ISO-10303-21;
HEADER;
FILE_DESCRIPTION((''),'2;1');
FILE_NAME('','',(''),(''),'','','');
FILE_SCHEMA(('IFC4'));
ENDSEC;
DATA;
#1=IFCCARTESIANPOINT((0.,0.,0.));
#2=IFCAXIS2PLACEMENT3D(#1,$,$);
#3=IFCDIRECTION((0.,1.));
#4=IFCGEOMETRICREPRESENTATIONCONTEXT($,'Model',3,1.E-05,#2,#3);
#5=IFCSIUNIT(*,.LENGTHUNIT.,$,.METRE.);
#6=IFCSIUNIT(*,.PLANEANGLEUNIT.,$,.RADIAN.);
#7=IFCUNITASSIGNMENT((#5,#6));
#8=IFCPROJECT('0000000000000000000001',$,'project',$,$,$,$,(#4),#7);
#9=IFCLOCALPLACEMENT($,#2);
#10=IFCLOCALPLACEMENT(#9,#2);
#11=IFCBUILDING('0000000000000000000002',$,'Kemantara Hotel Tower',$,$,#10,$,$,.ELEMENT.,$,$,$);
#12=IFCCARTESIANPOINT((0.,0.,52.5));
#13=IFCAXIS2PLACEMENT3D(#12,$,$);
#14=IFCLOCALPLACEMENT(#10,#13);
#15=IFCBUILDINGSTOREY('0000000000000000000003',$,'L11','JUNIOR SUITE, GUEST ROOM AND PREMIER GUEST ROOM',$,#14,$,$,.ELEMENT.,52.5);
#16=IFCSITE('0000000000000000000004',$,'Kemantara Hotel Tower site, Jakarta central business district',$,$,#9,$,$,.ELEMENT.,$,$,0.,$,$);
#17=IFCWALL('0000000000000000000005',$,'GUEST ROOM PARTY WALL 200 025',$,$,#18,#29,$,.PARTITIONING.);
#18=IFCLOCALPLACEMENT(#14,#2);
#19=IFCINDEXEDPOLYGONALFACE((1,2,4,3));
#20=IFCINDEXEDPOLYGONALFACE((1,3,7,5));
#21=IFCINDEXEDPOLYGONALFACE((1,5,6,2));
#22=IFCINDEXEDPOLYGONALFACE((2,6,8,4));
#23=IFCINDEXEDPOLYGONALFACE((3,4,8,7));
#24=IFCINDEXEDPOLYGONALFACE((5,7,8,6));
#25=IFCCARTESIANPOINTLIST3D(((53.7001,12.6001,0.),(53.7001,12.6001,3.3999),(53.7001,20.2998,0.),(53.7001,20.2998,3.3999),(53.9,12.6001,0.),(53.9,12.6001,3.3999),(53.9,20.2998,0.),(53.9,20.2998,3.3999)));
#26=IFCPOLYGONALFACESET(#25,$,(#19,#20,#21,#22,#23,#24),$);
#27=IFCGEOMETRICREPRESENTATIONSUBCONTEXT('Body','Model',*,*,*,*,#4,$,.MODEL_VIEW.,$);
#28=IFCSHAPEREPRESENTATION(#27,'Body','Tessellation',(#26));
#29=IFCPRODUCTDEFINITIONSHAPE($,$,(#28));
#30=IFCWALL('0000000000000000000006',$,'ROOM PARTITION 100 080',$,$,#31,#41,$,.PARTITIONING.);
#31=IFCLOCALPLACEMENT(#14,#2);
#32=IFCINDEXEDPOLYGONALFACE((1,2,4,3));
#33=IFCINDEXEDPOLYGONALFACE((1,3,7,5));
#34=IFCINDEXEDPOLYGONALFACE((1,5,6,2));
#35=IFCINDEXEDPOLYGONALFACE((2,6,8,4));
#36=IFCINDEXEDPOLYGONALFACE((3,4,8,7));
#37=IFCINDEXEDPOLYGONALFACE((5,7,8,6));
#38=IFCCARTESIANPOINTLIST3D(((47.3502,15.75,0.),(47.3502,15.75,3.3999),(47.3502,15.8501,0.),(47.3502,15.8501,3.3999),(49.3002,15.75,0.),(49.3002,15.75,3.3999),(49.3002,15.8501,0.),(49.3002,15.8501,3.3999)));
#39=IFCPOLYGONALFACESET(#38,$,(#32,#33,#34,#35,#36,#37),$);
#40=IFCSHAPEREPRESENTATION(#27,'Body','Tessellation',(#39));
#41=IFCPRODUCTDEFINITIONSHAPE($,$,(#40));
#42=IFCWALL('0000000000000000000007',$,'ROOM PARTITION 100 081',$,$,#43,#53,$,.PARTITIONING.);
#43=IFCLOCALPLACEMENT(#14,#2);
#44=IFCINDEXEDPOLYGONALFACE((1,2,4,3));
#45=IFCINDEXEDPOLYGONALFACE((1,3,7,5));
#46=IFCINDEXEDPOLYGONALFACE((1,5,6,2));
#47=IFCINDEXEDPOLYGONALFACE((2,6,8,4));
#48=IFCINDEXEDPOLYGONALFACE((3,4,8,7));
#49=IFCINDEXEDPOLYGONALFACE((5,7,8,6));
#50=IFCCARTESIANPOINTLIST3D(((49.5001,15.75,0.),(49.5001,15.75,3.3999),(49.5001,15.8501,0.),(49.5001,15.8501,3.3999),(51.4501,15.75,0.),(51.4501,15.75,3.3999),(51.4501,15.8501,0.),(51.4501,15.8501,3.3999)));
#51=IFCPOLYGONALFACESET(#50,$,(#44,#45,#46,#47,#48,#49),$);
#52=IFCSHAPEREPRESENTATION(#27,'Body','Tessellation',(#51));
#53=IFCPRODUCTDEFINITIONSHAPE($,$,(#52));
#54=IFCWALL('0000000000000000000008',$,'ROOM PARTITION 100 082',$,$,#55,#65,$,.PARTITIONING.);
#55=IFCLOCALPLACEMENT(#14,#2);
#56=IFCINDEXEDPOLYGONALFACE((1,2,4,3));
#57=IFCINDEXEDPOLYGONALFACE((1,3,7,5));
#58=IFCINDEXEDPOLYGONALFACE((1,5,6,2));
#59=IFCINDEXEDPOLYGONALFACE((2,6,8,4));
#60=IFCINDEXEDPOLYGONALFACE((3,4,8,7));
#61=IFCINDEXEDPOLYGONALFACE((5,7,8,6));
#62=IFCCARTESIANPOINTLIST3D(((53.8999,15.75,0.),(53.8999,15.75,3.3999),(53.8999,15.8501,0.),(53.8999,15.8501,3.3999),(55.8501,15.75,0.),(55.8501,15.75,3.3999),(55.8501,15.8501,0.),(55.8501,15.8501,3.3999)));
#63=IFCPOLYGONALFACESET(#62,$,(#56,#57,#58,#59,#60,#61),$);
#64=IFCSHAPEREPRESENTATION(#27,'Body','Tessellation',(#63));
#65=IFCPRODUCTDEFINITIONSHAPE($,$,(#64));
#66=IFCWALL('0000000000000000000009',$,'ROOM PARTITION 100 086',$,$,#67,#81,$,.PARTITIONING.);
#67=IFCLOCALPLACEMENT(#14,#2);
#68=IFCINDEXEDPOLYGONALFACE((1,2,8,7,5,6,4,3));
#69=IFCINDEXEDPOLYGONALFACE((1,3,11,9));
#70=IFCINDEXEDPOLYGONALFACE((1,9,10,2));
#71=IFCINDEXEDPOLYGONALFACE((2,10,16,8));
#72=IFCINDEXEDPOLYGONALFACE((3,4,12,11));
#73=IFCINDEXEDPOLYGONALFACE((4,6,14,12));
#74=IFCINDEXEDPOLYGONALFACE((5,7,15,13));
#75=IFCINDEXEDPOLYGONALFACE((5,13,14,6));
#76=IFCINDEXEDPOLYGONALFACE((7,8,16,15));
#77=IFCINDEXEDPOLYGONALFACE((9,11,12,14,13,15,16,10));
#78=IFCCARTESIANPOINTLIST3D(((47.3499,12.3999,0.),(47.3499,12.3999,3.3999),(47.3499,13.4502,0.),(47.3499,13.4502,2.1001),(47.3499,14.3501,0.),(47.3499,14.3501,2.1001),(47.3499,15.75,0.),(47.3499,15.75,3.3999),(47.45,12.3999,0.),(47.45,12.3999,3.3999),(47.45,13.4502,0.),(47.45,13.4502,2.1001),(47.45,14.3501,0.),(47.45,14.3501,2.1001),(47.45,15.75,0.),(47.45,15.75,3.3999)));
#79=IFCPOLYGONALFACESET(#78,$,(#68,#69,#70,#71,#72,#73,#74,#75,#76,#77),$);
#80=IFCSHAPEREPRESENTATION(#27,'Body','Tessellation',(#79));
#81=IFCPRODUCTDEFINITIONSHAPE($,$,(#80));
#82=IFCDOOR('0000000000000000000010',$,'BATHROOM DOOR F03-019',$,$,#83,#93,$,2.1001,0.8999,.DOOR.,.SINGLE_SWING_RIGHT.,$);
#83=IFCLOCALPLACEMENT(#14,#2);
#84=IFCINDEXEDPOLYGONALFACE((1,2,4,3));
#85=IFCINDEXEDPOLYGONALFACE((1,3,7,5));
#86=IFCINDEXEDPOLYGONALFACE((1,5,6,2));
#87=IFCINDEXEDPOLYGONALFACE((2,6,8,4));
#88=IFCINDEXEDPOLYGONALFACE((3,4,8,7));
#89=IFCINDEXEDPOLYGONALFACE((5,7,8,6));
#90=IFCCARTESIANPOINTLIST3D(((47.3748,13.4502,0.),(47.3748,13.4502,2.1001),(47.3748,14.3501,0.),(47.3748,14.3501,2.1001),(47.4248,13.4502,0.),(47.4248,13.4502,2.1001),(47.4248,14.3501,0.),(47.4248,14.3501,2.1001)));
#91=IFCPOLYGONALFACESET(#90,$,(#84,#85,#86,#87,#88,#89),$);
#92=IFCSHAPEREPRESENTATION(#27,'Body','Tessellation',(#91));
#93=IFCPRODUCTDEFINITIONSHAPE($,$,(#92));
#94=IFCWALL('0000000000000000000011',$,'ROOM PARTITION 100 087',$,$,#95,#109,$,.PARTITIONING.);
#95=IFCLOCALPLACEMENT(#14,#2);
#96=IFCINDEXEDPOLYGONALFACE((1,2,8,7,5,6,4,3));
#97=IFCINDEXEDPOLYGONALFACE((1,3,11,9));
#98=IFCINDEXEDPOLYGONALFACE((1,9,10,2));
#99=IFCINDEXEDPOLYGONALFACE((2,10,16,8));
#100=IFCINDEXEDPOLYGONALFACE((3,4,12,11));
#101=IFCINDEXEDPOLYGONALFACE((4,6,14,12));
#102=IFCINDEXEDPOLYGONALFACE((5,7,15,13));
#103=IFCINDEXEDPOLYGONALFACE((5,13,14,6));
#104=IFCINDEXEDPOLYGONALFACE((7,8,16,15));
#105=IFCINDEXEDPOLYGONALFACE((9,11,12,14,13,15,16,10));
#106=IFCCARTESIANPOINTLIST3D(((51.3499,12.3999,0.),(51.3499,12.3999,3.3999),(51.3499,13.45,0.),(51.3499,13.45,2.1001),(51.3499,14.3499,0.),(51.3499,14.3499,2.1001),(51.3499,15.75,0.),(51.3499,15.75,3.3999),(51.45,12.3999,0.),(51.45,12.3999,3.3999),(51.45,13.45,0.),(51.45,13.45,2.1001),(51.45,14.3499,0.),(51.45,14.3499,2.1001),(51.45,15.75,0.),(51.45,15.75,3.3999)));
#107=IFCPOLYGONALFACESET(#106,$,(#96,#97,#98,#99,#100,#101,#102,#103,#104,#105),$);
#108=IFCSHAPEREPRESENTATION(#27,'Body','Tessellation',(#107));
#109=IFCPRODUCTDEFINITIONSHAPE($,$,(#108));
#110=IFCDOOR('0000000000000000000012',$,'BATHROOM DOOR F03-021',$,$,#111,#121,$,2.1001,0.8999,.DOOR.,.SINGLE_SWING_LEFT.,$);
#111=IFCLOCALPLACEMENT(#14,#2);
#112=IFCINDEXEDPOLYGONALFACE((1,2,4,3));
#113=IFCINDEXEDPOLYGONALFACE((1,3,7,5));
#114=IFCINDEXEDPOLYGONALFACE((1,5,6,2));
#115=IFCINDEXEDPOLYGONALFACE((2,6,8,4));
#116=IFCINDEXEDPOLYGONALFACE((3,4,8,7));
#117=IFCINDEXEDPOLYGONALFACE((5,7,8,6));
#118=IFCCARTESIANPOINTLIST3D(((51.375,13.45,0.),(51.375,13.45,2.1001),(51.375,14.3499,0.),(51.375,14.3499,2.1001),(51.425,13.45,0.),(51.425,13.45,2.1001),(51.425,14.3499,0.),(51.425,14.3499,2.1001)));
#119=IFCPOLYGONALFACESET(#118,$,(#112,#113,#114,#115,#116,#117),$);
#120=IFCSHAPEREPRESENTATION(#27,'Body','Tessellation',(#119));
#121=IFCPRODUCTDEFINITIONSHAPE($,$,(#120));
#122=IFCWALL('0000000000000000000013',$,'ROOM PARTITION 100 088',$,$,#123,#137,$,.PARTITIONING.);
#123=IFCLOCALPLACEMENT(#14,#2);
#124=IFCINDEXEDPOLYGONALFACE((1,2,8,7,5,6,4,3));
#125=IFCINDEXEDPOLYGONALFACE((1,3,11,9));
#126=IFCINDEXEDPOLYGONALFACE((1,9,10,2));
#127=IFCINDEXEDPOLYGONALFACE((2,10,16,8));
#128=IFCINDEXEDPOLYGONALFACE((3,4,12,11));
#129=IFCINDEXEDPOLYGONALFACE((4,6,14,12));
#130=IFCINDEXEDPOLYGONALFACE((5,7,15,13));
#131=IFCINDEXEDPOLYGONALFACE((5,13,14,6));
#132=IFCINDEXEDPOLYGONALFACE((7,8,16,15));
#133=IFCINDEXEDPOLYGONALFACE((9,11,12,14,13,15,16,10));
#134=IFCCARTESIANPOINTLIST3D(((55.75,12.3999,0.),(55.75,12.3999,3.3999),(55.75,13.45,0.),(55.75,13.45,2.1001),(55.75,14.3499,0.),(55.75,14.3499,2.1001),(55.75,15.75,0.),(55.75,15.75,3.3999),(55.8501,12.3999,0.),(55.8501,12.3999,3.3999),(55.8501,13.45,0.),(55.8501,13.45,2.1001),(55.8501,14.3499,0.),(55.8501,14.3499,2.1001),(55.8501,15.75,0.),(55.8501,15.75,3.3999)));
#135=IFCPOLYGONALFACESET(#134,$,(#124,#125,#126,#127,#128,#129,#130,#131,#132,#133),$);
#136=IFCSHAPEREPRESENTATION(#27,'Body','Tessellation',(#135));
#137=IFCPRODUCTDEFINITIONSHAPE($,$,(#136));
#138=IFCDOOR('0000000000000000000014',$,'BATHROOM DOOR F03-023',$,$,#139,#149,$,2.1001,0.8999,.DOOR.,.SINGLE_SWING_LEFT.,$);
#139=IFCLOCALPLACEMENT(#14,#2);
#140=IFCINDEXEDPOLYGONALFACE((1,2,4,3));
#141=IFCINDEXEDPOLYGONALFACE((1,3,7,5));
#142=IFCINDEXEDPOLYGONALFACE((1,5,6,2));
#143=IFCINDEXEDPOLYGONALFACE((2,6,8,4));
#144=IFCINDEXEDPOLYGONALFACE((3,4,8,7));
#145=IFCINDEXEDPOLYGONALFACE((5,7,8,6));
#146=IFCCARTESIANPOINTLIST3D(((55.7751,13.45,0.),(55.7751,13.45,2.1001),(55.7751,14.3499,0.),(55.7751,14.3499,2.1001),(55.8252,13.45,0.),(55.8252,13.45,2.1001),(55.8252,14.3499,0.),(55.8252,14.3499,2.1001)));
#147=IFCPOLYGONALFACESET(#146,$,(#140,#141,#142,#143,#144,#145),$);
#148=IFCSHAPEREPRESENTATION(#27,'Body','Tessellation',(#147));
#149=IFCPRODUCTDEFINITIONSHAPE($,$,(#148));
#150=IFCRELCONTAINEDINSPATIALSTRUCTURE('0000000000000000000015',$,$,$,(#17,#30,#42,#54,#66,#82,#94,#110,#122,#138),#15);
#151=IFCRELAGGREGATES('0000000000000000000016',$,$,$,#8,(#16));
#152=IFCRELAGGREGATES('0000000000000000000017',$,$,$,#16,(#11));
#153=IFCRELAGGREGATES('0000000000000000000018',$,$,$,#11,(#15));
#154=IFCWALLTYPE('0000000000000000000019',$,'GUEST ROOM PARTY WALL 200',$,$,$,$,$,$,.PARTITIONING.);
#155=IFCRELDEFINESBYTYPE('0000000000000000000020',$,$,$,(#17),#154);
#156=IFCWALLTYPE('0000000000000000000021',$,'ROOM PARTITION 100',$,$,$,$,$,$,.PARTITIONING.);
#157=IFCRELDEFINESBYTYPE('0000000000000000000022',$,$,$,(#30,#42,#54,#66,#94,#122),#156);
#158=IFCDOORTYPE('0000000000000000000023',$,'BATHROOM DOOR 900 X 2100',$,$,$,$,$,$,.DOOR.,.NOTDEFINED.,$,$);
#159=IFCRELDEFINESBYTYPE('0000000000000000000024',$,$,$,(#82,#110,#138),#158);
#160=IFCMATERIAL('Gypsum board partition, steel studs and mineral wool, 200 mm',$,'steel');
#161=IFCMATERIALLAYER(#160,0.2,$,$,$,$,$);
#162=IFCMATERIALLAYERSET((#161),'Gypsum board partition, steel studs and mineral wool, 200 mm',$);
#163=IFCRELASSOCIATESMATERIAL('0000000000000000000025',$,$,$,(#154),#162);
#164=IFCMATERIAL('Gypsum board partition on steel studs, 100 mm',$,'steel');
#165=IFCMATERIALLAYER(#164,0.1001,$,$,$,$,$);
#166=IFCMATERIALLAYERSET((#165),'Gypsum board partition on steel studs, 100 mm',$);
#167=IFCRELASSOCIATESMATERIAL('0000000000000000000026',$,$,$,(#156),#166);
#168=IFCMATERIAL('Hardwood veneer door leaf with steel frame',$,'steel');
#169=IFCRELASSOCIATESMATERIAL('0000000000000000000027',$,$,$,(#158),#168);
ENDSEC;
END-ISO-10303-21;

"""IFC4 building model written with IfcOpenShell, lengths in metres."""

from ifc_helpers import new_model, si_unit, direction, frame, frame_2d, origin, place, context, subcontext, project, spatial, rectangle, extrude, material, layer, layer_set, type_object, element, fill, save


model = new_model("IFC4")

# Units and contexts
model_context = context("Model", 3, precision=1e-05, world=origin(), true_north=direction((0.0, 1.0)))
body_context = subcontext(model_context, "Body", "Model", "MODEL_VIEW")
ifc_project = project(units=[si_unit("LENGTHUNIT", "METRE"), si_unit("PLANEANGLEUNIT", "RADIAN")], contexts=[model_context])

# Site, building, storey
site_placement = place(None, origin())
site = spatial("IfcSite", under=ifc_project, at=site_placement, Name="Kemantara Hotel Tower site, Jakarta central business district", CompositionType="ELEMENT", RefElevation=0.0)
building_placement = place(site_placement, origin())
building = spatial("IfcBuilding", under=site, at=building_placement, Name="Kemantara Hotel Tower", CompositionType="ELEMENT")
storey_placement = place(building_placement, frame((0.0, 0.0, 52.5)))
storey = spatial("IfcBuildingStorey", under=building, at=storey_placement, Name="L11", Description="JUNIOR SUITE, GUEST ROOM AND PREMIER GUEST ROOM", CompositionType="ELEMENT", Elevation=52.5)

# Shared definitions
ifc_material_1 = material(Name="Gypsum board partition, steel studs and mineral wool, 200 mm", Category="steel")
ifc_material_2 = material(Name="Hardwood veneer door leaf with steel frame", Category="steel")

# Walls
ifc_layer_1 = layer(ifc_material_1, 0.2)
ifc_layer_set_1 = layer_set([ifc_layer_1], Name="Gypsum board partition, steel studs and mineral wool, 200 mm")
wall_type_1 = type_object("IfcWallType", Name="GUEST ROOM PARTY WALL 200", PredefinedType="PARTITIONING", material=ifc_layer_set_1)
wall_1_placement = place(storey_placement, frame((53.8, 12.6001, 0.0), z_axis=(0.0, 0.0, 1.0), x_axis=(0.0, 1.0, 0.0)))
element("IfcWall", 1, at=wall_1_placement, inside=storey, type_object=wall_type_1, Name="GUEST ROOM PARTY WALL 200 025", PredefinedType="PARTITIONING", context=body_context, shape_type="SweptSolid", body=[
    extrude(rectangle(XDim=7.6997, YDim=0.2, at=frame_2d((3.8499, 0.0))), origin(), (0.0, 0.0, 1.0), 3.3999),
])
ifc_material_3 = material(Name="Gypsum board partition on steel studs, 100 mm", Category="steel")
ifc_layer_2 = layer(ifc_material_3, 0.1001)
ifc_layer_set_2 = layer_set([ifc_layer_2], Name="Gypsum board partition on steel studs, 100 mm")
wall_type_2 = type_object("IfcWallType", Name="ROOM PARTITION 100", PredefinedType="PARTITIONING", material=ifc_layer_set_2)
for number, where, z_axis, x_axis, name in (
    (2, (47.3501, 15.8, 0.0), (0.0, 0.0, 1.0), (1.0, 0.0, 0.0), "ROOM PARTITION 100 080"),
    (3, (49.5, 15.8, 0.0), (0.0, 0.0, 1.0), (1.0, 0.0, 0.0), "ROOM PARTITION 100 081"),
):
    element("IfcWall", number, at=place(storey_placement, frame(where, z_axis=z_axis, x_axis=x_axis)), inside=storey, type_object=wall_type_2, Name=name, PredefinedType="PARTITIONING", context=body_context, shape_type="SweptSolid", body=[
        extrude(rectangle(XDim=1.95, YDim=0.1001, at=frame_2d((0.9751, 0.0))), origin(), (0.0, 0.0, 1.0), 3.3999),
    ])
wall_2_placement = place(storey_placement, frame((53.8999, 15.8, 0.0), z_axis=(0.0, 0.0, 1.0), x_axis=(1.0, 0.0, 0.0)))
element("IfcWall", 4, at=wall_2_placement, inside=storey, type_object=wall_type_2, Name="ROOM PARTITION 100 082", PredefinedType="PARTITIONING", context=body_context, shape_type="SweptSolid", body=[
    extrude(rectangle(XDim=1.9502, YDim=0.1001, at=frame_2d((0.9751, 0.0))), origin(), (0.0, 0.0, 1.0), 3.3999),
])

# Walls, openings, doors
wall_3_placement = place(storey_placement, frame((47.3999, 15.75, 0.0), z_axis=(0.0, 0.0, 1.0), x_axis=(0.0, -1.0, 0.0)))
wall_3 = element("IfcWall", 5, at=wall_3_placement, inside=storey, type_object=wall_type_2, Name="ROOM PARTITION 100 086", PredefinedType="PARTITIONING", context=body_context, shape_type="SweptSolid", body=[
    extrude(rectangle(XDim=3.3501, YDim=0.1001, at=frame_2d((1.675, 0.0))), origin(), (0.0, 0.0, 1.0), 3.3999),
])
opening_1_placement = place(wall_3_placement, frame((1.3999, 0.0, 0.0)))
opening_1 = element("IfcOpeningElement", 6, at=opening_1_placement, cuts=wall_3, PredefinedType="OPENING", context=body_context, shape_type="SweptSolid", body=[
    extrude(rectangle(XDim=0.8999, YDim=2.1001, at=frame_2d((0.45, 1.05))), frame((0.0, 0.0601, 0.0), z_axis=(0.0, -1.0, 0.0), x_axis=(1.0, 0.0, 0.0)), (0.0, 0.0, 1.0), 0.1201),
])
door_type_1 = type_object("IfcDoorType", Name="BATHROOM DOOR 900 X 2100", OperationType="NOTDEFINED", PredefinedType="DOOR", material=ifc_material_2)
door_1_placement = place(opening_1_placement, origin())
door_1 = element("IfcDoor", 7, at=door_1_placement, inside=storey, type_object=door_type_1, Name="BATHROOM DOOR F03-019", OperationType="SINGLE_SWING_RIGHT", OverallHeight=2.1001, OverallWidth=0.8999, PredefinedType="DOOR", context=body_context, shape_type="SweptSolid", body=[
    extrude(rectangle(XDim=0.8999, YDim=2.1001, at=frame_2d((0.45, 1.05))), frame((0.0, 0.0249, 0.0), z_axis=(0.0, -1.0, 0.0), x_axis=(1.0, 0.0, 0.0)), (0.0, 0.0, 1.0), 0.05),
])
fill(opening_1, door_1)
wall_4_placement = place(storey_placement, frame((51.3999, 12.3999, 0.0), z_axis=(0.0, 0.0, 1.0), x_axis=(0.0, 1.0, 0.0)))
wall_4 = element("IfcWall", 8, at=wall_4_placement, inside=storey, type_object=wall_type_2, Name="ROOM PARTITION 100 087", PredefinedType="PARTITIONING", context=body_context, shape_type="SweptSolid", body=[
    extrude(rectangle(XDim=3.3501, YDim=0.1001, at=frame_2d((1.675, 0.0))), origin(), (0.0, 0.0, 1.0), 3.3999),
])
opening_2_placement = place(wall_4_placement, frame((1.05, 0.0, 0.0)))
opening_2 = element("IfcOpeningElement", 9, at=opening_2_placement, cuts=wall_4, PredefinedType="OPENING", context=body_context, shape_type="SweptSolid", body=[
    extrude(rectangle(XDim=0.8999, YDim=2.1001, at=frame_2d((0.45, 1.05))), frame((0.0, 0.0601, 0.0), z_axis=(0.0, -1.0, 0.0), x_axis=(1.0, 0.0, 0.0)), (0.0, 0.0, 1.0), 0.1201),
])
door_2_placement = place(opening_2_placement, origin())
door_2 = element("IfcDoor", 10, at=door_2_placement, inside=storey, type_object=door_type_1, Name="BATHROOM DOOR F03-021", OperationType="SINGLE_SWING_LEFT", OverallHeight=2.1001, OverallWidth=0.8999, PredefinedType="DOOR", context=body_context, shape_type="SweptSolid", body=[
    extrude(rectangle(XDim=0.8999, YDim=2.1001, at=frame_2d((0.45, 1.05))), frame((0.0, 0.0249, 0.0), z_axis=(0.0, -1.0, 0.0), x_axis=(1.0, 0.0, 0.0)), (0.0, 0.0, 1.0), 0.05),
])
fill(opening_2, door_2)
wall_5_placement = place(storey_placement, frame((55.8, 12.3999, 0.0), z_axis=(0.0, 0.0, 1.0), x_axis=(0.0, 1.0, 0.0)))
wall_5 = element("IfcWall", 11, at=wall_5_placement, inside=storey, type_object=wall_type_2, Name="ROOM PARTITION 100 088", PredefinedType="PARTITIONING", context=body_context, shape_type="SweptSolid", body=[
    extrude(rectangle(XDim=3.3501, YDim=0.1001, at=frame_2d((1.675, 0.0))), origin(), (0.0, 0.0, 1.0), 3.3999),
])
opening_3_placement = place(wall_5_placement, frame((1.05, 0.0, 0.0)))
opening_3 = element("IfcOpeningElement", 12, at=opening_3_placement, cuts=wall_5, PredefinedType="OPENING", context=body_context, shape_type="SweptSolid", body=[
    extrude(rectangle(XDim=0.8999, YDim=2.1001, at=frame_2d((0.45, 1.05))), frame((0.0, 0.0601, 0.0), z_axis=(0.0, -1.0, 0.0), x_axis=(1.0, 0.0, 0.0)), (0.0, 0.0, 1.0), 0.1201),
])
door_3_placement = place(opening_3_placement, origin())
door_3 = element("IfcDoor", 13, at=door_3_placement, inside=storey, type_object=door_type_1, Name="BATHROOM DOOR F03-023", OperationType="SINGLE_SWING_LEFT", OverallHeight=2.1001, OverallWidth=0.8999, PredefinedType="DOOR", context=body_context, shape_type="SweptSolid", body=[
    extrude(rectangle(XDim=0.8999, YDim=2.1001, at=frame_2d((0.45, 1.05))), frame((0.0, 0.0249, 0.0), z_axis=(0.0, -1.0, 0.0), x_axis=(1.0, 0.0, 0.0)), (0.0, 0.0, 1.0), 0.05),
])
fill(opening_3, door_3)

save(model, "model.ifc")
